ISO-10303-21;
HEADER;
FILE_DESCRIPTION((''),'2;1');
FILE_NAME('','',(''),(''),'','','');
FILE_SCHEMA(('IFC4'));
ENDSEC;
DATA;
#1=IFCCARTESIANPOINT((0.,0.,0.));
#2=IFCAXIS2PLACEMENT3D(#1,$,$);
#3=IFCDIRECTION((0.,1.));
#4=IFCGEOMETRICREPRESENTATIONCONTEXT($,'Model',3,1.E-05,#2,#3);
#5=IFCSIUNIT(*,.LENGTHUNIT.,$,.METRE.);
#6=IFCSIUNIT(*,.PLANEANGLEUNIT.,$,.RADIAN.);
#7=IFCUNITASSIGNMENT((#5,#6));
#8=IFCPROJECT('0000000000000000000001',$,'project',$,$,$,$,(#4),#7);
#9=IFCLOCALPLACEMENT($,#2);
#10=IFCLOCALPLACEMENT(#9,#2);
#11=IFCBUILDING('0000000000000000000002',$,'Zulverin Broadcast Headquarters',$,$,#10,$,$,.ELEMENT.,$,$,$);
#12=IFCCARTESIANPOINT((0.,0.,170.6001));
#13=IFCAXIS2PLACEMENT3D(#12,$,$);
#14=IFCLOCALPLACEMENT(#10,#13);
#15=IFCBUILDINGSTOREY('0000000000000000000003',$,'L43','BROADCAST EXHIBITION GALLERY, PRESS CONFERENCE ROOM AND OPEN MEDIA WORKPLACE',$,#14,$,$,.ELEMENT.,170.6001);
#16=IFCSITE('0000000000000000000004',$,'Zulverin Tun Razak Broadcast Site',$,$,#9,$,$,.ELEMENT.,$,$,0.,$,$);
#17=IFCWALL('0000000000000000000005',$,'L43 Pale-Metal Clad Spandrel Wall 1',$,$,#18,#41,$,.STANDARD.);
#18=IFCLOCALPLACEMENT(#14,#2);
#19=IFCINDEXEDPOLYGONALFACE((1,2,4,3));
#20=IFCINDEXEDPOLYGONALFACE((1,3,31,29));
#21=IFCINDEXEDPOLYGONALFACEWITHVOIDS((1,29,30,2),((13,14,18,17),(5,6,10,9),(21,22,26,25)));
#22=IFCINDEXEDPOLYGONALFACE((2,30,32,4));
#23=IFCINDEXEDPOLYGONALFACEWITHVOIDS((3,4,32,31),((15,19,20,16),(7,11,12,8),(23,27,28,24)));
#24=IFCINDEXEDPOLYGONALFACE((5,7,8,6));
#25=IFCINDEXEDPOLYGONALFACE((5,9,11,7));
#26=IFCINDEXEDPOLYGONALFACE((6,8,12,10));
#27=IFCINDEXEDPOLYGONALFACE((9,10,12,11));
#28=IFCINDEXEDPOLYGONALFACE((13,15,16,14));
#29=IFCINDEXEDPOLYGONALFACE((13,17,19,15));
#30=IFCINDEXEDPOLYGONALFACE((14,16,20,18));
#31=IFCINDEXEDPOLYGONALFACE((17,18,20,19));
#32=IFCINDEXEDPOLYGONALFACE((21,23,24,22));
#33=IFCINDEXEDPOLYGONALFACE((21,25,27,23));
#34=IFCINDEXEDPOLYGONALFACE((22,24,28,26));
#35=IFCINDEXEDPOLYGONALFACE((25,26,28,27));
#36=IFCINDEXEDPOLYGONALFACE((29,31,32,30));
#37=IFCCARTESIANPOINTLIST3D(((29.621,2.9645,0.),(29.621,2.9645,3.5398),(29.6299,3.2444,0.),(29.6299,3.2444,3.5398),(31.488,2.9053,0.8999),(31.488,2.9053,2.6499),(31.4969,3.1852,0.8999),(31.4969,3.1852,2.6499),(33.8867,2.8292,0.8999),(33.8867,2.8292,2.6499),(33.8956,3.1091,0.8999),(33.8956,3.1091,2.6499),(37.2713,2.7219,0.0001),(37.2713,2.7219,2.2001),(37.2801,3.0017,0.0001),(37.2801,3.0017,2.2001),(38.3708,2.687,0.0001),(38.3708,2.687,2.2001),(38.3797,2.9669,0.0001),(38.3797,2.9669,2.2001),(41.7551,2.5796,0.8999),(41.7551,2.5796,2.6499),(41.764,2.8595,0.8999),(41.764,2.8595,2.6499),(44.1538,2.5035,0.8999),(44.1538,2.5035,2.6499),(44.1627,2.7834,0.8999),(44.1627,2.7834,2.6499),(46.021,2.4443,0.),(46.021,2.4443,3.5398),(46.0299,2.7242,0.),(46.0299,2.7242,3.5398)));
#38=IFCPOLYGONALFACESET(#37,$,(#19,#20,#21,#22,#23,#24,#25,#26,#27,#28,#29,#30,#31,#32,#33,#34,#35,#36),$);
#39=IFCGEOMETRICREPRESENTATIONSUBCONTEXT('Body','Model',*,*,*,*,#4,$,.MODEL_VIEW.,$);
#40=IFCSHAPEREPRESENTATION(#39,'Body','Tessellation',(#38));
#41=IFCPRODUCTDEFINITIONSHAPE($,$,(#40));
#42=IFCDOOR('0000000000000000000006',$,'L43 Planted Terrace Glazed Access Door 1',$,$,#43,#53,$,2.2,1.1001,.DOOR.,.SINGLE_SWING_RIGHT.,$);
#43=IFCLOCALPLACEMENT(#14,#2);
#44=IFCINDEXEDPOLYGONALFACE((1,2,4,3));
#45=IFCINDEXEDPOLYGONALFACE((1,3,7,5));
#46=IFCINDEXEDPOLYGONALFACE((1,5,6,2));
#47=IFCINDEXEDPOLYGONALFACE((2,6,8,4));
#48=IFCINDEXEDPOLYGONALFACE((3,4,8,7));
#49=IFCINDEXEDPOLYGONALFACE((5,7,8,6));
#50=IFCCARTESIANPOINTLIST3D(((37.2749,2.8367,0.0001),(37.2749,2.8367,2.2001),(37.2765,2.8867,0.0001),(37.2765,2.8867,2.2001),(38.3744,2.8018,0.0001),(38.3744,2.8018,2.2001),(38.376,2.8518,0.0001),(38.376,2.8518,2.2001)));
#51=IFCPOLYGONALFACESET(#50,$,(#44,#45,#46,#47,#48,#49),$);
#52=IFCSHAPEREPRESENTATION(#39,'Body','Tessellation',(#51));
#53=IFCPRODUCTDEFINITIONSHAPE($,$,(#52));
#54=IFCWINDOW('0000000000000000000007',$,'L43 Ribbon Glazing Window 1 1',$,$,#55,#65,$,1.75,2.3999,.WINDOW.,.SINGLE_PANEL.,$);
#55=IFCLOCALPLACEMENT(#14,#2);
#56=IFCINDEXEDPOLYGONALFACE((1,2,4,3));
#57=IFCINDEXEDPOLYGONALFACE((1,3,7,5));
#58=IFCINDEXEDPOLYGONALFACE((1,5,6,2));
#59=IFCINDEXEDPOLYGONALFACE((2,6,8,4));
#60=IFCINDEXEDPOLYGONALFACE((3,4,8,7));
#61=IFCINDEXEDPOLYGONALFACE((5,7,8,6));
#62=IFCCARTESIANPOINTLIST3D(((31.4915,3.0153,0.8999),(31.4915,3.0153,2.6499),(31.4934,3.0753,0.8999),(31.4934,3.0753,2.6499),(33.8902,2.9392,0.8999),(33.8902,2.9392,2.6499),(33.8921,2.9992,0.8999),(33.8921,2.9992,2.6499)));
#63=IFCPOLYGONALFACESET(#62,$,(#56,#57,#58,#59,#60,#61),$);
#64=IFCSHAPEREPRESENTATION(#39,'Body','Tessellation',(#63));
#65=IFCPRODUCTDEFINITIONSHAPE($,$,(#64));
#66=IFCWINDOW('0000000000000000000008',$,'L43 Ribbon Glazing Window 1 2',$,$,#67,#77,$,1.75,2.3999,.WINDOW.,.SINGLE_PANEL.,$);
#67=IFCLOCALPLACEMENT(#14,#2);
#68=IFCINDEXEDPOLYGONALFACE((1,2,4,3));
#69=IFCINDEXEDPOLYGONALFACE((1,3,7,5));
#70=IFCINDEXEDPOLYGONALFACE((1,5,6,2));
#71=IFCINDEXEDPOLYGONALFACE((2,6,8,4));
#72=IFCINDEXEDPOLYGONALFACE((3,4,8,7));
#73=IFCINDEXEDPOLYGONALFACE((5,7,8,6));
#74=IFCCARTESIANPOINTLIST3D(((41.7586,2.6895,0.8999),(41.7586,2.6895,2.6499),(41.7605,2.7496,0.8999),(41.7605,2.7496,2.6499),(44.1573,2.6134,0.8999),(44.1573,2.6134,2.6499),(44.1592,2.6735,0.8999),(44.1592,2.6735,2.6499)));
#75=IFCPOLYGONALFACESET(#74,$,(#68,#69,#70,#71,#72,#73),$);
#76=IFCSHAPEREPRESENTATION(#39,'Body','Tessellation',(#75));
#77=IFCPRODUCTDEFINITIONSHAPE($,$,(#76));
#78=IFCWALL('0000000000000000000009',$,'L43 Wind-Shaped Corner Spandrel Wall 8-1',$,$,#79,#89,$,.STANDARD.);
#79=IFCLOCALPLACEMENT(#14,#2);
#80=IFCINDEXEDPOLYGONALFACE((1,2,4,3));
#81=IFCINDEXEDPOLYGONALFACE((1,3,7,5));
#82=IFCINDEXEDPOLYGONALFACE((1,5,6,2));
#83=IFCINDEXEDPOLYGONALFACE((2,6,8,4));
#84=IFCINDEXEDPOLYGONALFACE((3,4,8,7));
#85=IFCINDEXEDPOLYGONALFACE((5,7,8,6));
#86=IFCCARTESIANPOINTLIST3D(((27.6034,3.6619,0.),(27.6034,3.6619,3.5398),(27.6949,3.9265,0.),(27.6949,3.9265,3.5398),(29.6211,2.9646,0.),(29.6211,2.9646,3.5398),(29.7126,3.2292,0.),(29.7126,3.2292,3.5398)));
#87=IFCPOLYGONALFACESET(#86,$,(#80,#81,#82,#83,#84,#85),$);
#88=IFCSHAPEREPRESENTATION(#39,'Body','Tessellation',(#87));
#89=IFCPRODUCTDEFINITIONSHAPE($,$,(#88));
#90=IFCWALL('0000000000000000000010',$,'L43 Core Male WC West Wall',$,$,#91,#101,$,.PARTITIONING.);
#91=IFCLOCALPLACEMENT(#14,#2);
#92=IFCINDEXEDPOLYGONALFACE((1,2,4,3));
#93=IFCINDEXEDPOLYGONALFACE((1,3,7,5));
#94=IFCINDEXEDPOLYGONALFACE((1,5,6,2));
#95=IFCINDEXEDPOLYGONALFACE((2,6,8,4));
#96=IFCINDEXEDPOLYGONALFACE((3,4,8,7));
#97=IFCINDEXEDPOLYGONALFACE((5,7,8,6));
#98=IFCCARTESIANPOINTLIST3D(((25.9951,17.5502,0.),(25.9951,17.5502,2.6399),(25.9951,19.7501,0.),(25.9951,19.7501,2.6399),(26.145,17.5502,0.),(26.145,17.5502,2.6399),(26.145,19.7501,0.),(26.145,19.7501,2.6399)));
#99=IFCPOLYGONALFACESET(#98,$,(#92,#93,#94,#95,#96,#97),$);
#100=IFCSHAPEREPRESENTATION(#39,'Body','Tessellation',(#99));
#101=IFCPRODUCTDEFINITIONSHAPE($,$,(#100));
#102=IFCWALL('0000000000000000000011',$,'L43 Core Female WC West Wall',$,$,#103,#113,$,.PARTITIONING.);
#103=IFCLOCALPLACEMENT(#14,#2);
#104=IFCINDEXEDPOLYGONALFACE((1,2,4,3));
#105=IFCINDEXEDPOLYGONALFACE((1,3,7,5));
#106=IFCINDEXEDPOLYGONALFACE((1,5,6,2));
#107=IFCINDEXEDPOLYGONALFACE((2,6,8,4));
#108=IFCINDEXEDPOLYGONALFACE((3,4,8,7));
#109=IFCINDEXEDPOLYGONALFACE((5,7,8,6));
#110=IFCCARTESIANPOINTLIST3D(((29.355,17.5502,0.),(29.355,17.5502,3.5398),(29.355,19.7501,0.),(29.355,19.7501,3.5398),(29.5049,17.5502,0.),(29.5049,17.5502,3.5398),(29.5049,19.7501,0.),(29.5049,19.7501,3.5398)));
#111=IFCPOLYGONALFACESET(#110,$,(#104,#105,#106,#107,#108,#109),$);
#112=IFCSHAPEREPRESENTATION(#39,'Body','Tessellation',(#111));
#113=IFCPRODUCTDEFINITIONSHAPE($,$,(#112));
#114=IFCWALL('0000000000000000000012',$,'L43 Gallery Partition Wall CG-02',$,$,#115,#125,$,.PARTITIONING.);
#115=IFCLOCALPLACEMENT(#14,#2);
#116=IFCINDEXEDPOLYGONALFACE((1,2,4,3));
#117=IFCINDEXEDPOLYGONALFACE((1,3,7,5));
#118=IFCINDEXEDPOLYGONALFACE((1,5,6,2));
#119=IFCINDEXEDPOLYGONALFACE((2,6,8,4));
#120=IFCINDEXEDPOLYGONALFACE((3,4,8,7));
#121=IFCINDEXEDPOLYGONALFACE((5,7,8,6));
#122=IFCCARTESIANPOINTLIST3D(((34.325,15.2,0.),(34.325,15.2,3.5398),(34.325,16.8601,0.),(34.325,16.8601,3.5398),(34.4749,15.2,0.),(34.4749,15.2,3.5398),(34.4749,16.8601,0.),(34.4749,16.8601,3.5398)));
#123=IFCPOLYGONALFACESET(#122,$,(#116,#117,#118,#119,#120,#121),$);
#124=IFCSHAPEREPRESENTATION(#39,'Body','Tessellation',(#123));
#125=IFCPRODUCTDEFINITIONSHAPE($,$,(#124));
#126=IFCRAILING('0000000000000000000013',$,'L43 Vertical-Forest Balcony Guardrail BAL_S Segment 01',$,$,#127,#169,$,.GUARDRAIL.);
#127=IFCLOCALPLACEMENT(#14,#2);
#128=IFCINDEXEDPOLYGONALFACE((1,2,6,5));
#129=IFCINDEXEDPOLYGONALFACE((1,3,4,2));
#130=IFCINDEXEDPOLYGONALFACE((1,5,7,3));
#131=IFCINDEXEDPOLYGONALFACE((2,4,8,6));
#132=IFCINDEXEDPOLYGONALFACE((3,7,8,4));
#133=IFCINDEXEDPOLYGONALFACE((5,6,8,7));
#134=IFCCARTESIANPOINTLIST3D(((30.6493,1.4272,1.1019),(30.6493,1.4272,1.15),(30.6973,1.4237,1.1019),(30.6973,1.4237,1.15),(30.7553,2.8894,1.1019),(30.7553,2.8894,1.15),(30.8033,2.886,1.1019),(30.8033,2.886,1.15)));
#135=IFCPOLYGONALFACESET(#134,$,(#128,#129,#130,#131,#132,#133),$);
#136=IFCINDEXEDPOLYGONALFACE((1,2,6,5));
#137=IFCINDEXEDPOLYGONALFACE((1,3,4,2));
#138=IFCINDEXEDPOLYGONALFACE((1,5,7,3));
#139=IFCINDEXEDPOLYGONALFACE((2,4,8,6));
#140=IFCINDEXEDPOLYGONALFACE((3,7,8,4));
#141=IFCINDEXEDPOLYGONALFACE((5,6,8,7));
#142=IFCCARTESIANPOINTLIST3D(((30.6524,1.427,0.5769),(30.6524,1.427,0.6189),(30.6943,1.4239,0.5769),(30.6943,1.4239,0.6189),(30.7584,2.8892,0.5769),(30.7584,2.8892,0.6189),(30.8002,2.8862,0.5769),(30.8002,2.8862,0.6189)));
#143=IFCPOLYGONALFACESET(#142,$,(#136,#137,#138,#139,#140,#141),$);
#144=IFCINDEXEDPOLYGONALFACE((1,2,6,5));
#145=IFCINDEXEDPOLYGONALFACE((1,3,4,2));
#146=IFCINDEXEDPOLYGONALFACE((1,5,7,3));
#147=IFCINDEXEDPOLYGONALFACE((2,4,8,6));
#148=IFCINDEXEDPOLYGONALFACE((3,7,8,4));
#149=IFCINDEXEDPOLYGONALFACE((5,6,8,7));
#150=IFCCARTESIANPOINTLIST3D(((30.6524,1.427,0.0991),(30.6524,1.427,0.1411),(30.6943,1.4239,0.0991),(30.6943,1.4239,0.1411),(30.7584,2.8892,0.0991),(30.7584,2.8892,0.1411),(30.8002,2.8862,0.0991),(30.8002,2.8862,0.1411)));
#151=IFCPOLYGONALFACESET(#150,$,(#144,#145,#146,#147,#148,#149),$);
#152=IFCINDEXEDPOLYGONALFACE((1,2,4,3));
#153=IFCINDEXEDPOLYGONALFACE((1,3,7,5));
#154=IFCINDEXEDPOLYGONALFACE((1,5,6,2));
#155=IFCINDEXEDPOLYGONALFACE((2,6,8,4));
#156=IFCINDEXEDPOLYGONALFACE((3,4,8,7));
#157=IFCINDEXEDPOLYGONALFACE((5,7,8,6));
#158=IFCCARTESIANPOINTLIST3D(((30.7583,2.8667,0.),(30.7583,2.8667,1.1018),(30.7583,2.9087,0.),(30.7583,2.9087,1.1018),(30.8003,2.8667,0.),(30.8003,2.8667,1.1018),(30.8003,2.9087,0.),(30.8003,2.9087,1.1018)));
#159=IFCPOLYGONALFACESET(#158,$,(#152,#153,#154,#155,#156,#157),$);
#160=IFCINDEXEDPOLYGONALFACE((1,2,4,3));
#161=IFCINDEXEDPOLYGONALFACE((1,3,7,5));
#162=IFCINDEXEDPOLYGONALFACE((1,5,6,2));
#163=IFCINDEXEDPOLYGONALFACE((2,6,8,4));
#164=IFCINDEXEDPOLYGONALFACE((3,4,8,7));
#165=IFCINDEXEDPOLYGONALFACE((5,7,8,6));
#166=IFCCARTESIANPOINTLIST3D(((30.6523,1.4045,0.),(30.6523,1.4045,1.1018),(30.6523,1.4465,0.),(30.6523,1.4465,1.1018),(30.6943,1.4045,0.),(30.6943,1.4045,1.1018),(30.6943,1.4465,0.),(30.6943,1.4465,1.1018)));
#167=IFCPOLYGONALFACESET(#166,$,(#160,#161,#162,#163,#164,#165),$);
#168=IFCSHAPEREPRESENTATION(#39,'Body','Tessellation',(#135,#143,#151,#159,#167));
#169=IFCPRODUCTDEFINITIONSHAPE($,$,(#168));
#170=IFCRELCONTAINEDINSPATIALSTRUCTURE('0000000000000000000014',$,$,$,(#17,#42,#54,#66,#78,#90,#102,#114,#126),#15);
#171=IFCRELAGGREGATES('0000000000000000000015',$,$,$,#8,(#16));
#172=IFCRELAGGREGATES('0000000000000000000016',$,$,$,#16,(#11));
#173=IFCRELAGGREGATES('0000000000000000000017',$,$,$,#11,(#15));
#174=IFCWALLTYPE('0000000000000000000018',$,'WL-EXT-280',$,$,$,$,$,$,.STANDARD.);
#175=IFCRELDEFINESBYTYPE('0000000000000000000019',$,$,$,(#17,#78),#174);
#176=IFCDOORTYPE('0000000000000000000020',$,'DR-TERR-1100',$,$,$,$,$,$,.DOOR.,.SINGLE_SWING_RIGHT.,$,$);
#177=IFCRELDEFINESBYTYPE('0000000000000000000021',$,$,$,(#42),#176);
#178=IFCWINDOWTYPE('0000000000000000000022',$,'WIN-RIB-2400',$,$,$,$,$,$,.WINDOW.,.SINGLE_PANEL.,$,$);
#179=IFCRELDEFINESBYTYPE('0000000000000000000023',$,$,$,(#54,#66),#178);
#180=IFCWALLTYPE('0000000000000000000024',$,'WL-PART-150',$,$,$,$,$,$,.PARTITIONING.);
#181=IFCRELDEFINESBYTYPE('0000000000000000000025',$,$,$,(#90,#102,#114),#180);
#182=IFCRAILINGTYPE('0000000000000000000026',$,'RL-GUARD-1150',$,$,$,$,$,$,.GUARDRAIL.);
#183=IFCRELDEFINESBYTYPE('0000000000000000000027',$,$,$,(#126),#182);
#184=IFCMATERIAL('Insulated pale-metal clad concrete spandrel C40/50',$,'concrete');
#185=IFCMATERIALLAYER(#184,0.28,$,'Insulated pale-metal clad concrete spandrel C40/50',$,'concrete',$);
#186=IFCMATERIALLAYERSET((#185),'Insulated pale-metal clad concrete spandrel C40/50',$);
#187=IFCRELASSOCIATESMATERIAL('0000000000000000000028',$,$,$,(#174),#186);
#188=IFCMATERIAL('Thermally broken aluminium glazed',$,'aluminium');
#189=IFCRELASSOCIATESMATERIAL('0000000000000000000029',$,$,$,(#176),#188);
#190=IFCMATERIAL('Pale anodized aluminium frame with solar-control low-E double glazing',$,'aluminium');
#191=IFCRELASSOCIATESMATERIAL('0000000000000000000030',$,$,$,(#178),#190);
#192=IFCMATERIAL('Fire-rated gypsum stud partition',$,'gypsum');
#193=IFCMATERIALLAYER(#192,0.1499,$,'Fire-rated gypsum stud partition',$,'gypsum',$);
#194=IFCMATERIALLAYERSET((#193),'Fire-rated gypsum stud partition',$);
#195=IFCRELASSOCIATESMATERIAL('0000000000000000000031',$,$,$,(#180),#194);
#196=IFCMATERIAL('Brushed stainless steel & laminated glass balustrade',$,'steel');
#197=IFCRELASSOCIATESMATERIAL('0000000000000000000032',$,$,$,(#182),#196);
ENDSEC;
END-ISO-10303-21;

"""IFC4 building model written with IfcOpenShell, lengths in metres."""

from ifc_helpers import new_model, si_unit, direction, frame, frame_2d, origin, origin_2d, place, context, subcontext, project, spatial, rectangle, extrude, material, layer, layer_set, type_object, element, fill, save


model = new_model("IFC4")

# Units and contexts
model_context = context("Model", 3, precision=1e-05, world=origin(), true_north=direction((0.0, 1.0)))
body_context = subcontext(model_context, "Body", "Model", "MODEL_VIEW")
ifc_project = project(units=[si_unit("LENGTHUNIT", "METRE"), si_unit("PLANEANGLEUNIT", "RADIAN")], contexts=[model_context])

# Site, building, storey
site_placement = place(None, origin())
site = spatial("IfcSite", under=ifc_project, at=site_placement, Name="Zulverin Tun Razak Broadcast Site", CompositionType="ELEMENT", RefElevation=0.0)
building_placement = place(site_placement, origin())
building = spatial("IfcBuilding", under=site, at=building_placement, Name="Zulverin Broadcast Headquarters", CompositionType="ELEMENT")
storey_placement = place(building_placement, frame((0.0, 0.0, 170.6001)))
storey = spatial("IfcBuildingStorey", under=building, at=storey_placement, Name="L43", Description="BROADCAST EXHIBITION GALLERY, PRESS CONFERENCE ROOM AND OPEN MEDIA WORKPLACE", CompositionType="ELEMENT", Elevation=170.6001)

# Wall, openings, door, windows
ifc_material_1 = material(Name="Insulated pale-metal clad concrete spandrel C40/50", Category="concrete")
ifc_layer_1 = layer(ifc_material_1, 0.28, Name="Insulated pale-metal clad concrete spandrel C40/50", Category="concrete")
ifc_layer_set_1 = layer_set([ifc_layer_1], Name="Insulated pale-metal clad concrete spandrel C40/50")
wall_type_1 = type_object("IfcWallType", Name="WL-EXT-280", PredefinedType="STANDARD", material=ifc_layer_set_1)
wall_1_placement = place(storey_placement, frame((29.6255, 3.1045, 0.0), z_axis=(0.0, 0.0, 1.0), x_axis=(0.999497, -0.031708, 0.0)))
wall_1 = element("IfcWall", 1, at=wall_1_placement, inside=storey, type_object=wall_type_1, Name="L43 Pale-Metal Clad Spandrel Wall 1", PredefinedType="STANDARD", context=body_context, shape_type="SweptSolid", body=[
    extrude(rectangle(XDim=16.4082, YDim=0.28, at=frame_2d((8.2041, 0.0))), origin(), (0.0, 0.0, 1.0), 3.5398),
])
opening_1_placement = place(wall_1_placement, frame((7.6541, 0.0, 0.0)))
opening_1 = element("IfcOpeningElement", 2, at=opening_1_placement, cuts=wall_1, PredefinedType="OPENING", context=body_context, shape_type="SweptSolid", body=[
    extrude(rectangle(XDim=1.1001, YDim=2.2, at=frame_2d((0.55, 1.1001))), frame((0.0, 0.1499, 0.0), z_axis=(0.0, -1.0, 0.0), x_axis=(1.0, 0.0, 0.0)), (0.0, 0.0, 1.0), 0.3),
])
opening_2_placement = place(wall_1_placement, frame((1.8679, 0.0, 0.8999)))
opening_2 = element("IfcOpeningElement", 3, at=opening_2_placement, cuts=wall_1, PredefinedType="OPENING", context=body_context, shape_type="SweptSolid", body=[
    extrude(rectangle(XDim=2.3999, YDim=1.75, at=frame_2d((1.2, 0.875))), frame((0.0, 0.1499, 0.0), z_axis=(0.0, -1.0, 0.0), x_axis=(1.0, 0.0, 0.0)), (0.0, 0.0, 1.0), 0.3),
])
opening_3_placement = place(wall_1_placement, frame((12.1401, 0.0, 0.8999)))
opening_3 = element("IfcOpeningElement", 4, at=opening_3_placement, cuts=wall_1, PredefinedType="OPENING", context=body_context, shape_type="SweptSolid", body=[
    extrude(rectangle(XDim=2.3999, YDim=1.75, at=frame_2d((1.2, 0.875))), frame((0.0, 0.1499, 0.0), z_axis=(0.0, -1.0, 0.0), x_axis=(1.0, 0.0, 0.0)), (0.0, 0.0, 1.0), 0.3),
])
ifc_material_2 = material(Name="Thermally broken aluminium glazed", Category="aluminium")
door_type = type_object("IfcDoorType", Name="DR-TERR-1100", OperationType="SINGLE_SWING_RIGHT", PredefinedType="DOOR", material=ifc_material_2)
door_placement = place(opening_1_placement, origin())
door = element("IfcDoor", 5, at=door_placement, inside=storey, type_object=door_type, Name="L43 Planted Terrace Glazed Access Door 1", OperationType="SINGLE_SWING_RIGHT", OverallHeight=2.2, OverallWidth=1.1001, PredefinedType="DOOR", context=body_context, shape_type="SweptSolid", body=[
    extrude(rectangle(XDim=1.1001, YDim=2.2, at=frame_2d((0.55, 1.1001))), frame((0.0, 0.0249, 0.0), z_axis=(0.0, -1.0, 0.0), x_axis=(1.0, 0.0, 0.0)), (0.0, 0.0, 1.0), 0.05),
])
fill(opening_1, door)
ifc_material_3 = material(Name="Pale anodized aluminium frame with solar-control low-E double glazing", Category="aluminium")
window_type = type_object("IfcWindowType", Name="WIN-RIB-2400", PartitioningType="SINGLE_PANEL", PredefinedType="WINDOW", material=ifc_material_3)
window_1_placement = place(opening_2_placement, origin())
window_1 = element("IfcWindow", 6, at=window_1_placement, inside=storey, type_object=window_type, Name="L43 Ribbon Glazing Window 1 1", OverallHeight=1.75, OverallWidth=2.3999, PartitioningType="SINGLE_PANEL", PredefinedType="WINDOW", context=body_context, shape_type="SweptSolid", body=[
    extrude(rectangle(XDim=2.3999, YDim=1.75, at=frame_2d((1.2, 0.875))), frame((0.0, 0.03, 0.0), z_axis=(0.0, -1.0, 0.0), x_axis=(1.0, 0.0, 0.0)), (0.0, 0.0, 1.0), 0.0601),
])
fill(opening_2, window_1)
window_2_placement = place(opening_3_placement, origin())
window_2 = element("IfcWindow", 7, at=window_2_placement, inside=storey, type_object=window_type, Name="L43 Ribbon Glazing Window 1 2", OverallHeight=1.75, OverallWidth=2.3999, PartitioningType="SINGLE_PANEL", PredefinedType="WINDOW", context=body_context, shape_type="SweptSolid", body=[
    extrude(rectangle(XDim=2.3999, YDim=1.75, at=frame_2d((1.2, 0.875))), frame((0.0, 0.03, 0.0), z_axis=(0.0, -1.0, 0.0), x_axis=(1.0, 0.0, 0.0)), (0.0, 0.0, 1.0), 0.0601),
])
fill(opening_3, window_2)

# Walls
wall_2_placement = place(storey_placement, frame((27.6492, 3.7942, 0.0), z_axis=(0.0, 0.0, 1.0), x_axis=(0.945149, -0.326639, 0.0)))
element("IfcWall", 8, at=wall_2_placement, inside=storey, type_object=wall_type_1, Name="L43 Wind-Shaped Corner Spandrel Wall 8-1", PredefinedType="STANDARD", context=body_context, shape_type="SweptSolid", body=[
    extrude(rectangle(XDim=2.1348, YDim=0.28, at=frame_2d((1.0674, 0.0))), origin(), (0.0, 0.0, 1.0), 3.5398),
])
ifc_material_4 = material(Name="Fire-rated gypsum stud partition", Category="gypsum")
ifc_layer_2 = layer(ifc_material_4, 0.1499, Name="Fire-rated gypsum stud partition", Category="gypsum")
ifc_layer_set_2 = layer_set([ifc_layer_2], Name="Fire-rated gypsum stud partition")
wall_type_2 = type_object("IfcWallType", Name="WL-PART-150", PredefinedType="PARTITIONING", material=ifc_layer_set_2)
wall_3_placement = place(storey_placement, frame((26.0701, 17.55, 0.0), z_axis=(0.0, 0.0, 1.0), x_axis=(0.0, 1.0, 0.0)))
element("IfcWall", 9, at=wall_3_placement, inside=storey, type_object=wall_type_2, Name="L43 Core Male WC West Wall", PredefinedType="PARTITIONING", context=body_context, shape_type="SweptSolid", body=[
    extrude(rectangle(XDim=2.2, YDim=0.1499, at=frame_2d((1.1001, 0.0))), origin(), (0.0, 0.0, 1.0), 2.6399),
])
wall_4_placement = place(storey_placement, frame((29.4299, 17.55, 0.0), z_axis=(0.0, 0.0, 1.0), x_axis=(0.0, 1.0, 0.0)))
element("IfcWall", 10, at=wall_4_placement, inside=storey, type_object=wall_type_2, Name="L43 Core Female WC West Wall", PredefinedType="PARTITIONING", context=body_context, shape_type="SweptSolid", body=[
    extrude(rectangle(XDim=2.2, YDim=0.1499, at=frame_2d((1.1001, 0.0))), origin(), (0.0, 0.0, 1.0), 3.5398),
])
wall_5_placement = place(storey_placement, frame((34.3999, 15.2, 0.0), z_axis=(0.0, 0.0, 1.0), x_axis=(0.0, 1.0, 0.0)))
element("IfcWall", 11, at=wall_5_placement, inside=storey, type_object=wall_type_2, Name="L43 Gallery Partition Wall CG-02", PredefinedType="PARTITIONING", context=body_context, shape_type="SweptSolid", body=[
    extrude(rectangle(XDim=1.6602, YDim=0.1499, at=frame_2d((0.8301, 0.0))), origin(), (0.0, 0.0, 1.0), 3.5398),
])

# Railing
ifc_material_5 = material(Name="Brushed stainless steel & laminated glass balustrade", Category="steel")
railing_type = type_object("IfcRailingType", Name="RL-GUARD-1150", PredefinedType="GUARDRAIL", material=ifc_material_5)
railing_1_placement = place(storey_placement, frame((30.7793, 2.8877, 0.0)))
element("IfcRailing", 12, at=railing_1_placement, inside=storey, type_object=railing_type, Name="L43 Vertical-Forest Balcony Guardrail BAL_S Segment 01", PredefinedType="GUARDRAIL", context=body_context, shape_type="SweptSolid", body=[
    extrude(rectangle(XDim=0.0481, YDim=0.0481, at=origin_2d()), frame((0.0, 0.0, 1.126), z_axis=(-0.072277, -0.997385, 0.0), x_axis=(0.997385, -0.072277, 0.0)), (0.0, 0.0, 1.0), 1.4661),
    extrude(rectangle(XDim=0.042, YDim=0.042, at=origin_2d()), frame((0.0, 0.0, 0.5979), z_axis=(-0.072277, -0.997385, 0.0), x_axis=(0.997385, -0.072277, 0.0)), (0.0, 0.0, 1.0), 1.4661),
    extrude(rectangle(XDim=0.042, YDim=0.042, at=origin_2d()), frame((0.0, 0.0, 0.1201), z_axis=(-0.072277, -0.997385, 0.0), x_axis=(0.997385, -0.072277, 0.0)), (0.0, 0.0, 1.0), 1.4661),
    extrude(rectangle(XDim=0.042, YDim=0.042, at=origin_2d()), origin(), (0.0, 0.0, 1.0), 1.1018),
    extrude(rectangle(XDim=0.042, YDim=0.042, at=origin_2d()), frame((-0.106, -1.4622, 0.0)), (0.0, 0.0, 1.0), 1.1018),
])

save(model, "model.ifc")
